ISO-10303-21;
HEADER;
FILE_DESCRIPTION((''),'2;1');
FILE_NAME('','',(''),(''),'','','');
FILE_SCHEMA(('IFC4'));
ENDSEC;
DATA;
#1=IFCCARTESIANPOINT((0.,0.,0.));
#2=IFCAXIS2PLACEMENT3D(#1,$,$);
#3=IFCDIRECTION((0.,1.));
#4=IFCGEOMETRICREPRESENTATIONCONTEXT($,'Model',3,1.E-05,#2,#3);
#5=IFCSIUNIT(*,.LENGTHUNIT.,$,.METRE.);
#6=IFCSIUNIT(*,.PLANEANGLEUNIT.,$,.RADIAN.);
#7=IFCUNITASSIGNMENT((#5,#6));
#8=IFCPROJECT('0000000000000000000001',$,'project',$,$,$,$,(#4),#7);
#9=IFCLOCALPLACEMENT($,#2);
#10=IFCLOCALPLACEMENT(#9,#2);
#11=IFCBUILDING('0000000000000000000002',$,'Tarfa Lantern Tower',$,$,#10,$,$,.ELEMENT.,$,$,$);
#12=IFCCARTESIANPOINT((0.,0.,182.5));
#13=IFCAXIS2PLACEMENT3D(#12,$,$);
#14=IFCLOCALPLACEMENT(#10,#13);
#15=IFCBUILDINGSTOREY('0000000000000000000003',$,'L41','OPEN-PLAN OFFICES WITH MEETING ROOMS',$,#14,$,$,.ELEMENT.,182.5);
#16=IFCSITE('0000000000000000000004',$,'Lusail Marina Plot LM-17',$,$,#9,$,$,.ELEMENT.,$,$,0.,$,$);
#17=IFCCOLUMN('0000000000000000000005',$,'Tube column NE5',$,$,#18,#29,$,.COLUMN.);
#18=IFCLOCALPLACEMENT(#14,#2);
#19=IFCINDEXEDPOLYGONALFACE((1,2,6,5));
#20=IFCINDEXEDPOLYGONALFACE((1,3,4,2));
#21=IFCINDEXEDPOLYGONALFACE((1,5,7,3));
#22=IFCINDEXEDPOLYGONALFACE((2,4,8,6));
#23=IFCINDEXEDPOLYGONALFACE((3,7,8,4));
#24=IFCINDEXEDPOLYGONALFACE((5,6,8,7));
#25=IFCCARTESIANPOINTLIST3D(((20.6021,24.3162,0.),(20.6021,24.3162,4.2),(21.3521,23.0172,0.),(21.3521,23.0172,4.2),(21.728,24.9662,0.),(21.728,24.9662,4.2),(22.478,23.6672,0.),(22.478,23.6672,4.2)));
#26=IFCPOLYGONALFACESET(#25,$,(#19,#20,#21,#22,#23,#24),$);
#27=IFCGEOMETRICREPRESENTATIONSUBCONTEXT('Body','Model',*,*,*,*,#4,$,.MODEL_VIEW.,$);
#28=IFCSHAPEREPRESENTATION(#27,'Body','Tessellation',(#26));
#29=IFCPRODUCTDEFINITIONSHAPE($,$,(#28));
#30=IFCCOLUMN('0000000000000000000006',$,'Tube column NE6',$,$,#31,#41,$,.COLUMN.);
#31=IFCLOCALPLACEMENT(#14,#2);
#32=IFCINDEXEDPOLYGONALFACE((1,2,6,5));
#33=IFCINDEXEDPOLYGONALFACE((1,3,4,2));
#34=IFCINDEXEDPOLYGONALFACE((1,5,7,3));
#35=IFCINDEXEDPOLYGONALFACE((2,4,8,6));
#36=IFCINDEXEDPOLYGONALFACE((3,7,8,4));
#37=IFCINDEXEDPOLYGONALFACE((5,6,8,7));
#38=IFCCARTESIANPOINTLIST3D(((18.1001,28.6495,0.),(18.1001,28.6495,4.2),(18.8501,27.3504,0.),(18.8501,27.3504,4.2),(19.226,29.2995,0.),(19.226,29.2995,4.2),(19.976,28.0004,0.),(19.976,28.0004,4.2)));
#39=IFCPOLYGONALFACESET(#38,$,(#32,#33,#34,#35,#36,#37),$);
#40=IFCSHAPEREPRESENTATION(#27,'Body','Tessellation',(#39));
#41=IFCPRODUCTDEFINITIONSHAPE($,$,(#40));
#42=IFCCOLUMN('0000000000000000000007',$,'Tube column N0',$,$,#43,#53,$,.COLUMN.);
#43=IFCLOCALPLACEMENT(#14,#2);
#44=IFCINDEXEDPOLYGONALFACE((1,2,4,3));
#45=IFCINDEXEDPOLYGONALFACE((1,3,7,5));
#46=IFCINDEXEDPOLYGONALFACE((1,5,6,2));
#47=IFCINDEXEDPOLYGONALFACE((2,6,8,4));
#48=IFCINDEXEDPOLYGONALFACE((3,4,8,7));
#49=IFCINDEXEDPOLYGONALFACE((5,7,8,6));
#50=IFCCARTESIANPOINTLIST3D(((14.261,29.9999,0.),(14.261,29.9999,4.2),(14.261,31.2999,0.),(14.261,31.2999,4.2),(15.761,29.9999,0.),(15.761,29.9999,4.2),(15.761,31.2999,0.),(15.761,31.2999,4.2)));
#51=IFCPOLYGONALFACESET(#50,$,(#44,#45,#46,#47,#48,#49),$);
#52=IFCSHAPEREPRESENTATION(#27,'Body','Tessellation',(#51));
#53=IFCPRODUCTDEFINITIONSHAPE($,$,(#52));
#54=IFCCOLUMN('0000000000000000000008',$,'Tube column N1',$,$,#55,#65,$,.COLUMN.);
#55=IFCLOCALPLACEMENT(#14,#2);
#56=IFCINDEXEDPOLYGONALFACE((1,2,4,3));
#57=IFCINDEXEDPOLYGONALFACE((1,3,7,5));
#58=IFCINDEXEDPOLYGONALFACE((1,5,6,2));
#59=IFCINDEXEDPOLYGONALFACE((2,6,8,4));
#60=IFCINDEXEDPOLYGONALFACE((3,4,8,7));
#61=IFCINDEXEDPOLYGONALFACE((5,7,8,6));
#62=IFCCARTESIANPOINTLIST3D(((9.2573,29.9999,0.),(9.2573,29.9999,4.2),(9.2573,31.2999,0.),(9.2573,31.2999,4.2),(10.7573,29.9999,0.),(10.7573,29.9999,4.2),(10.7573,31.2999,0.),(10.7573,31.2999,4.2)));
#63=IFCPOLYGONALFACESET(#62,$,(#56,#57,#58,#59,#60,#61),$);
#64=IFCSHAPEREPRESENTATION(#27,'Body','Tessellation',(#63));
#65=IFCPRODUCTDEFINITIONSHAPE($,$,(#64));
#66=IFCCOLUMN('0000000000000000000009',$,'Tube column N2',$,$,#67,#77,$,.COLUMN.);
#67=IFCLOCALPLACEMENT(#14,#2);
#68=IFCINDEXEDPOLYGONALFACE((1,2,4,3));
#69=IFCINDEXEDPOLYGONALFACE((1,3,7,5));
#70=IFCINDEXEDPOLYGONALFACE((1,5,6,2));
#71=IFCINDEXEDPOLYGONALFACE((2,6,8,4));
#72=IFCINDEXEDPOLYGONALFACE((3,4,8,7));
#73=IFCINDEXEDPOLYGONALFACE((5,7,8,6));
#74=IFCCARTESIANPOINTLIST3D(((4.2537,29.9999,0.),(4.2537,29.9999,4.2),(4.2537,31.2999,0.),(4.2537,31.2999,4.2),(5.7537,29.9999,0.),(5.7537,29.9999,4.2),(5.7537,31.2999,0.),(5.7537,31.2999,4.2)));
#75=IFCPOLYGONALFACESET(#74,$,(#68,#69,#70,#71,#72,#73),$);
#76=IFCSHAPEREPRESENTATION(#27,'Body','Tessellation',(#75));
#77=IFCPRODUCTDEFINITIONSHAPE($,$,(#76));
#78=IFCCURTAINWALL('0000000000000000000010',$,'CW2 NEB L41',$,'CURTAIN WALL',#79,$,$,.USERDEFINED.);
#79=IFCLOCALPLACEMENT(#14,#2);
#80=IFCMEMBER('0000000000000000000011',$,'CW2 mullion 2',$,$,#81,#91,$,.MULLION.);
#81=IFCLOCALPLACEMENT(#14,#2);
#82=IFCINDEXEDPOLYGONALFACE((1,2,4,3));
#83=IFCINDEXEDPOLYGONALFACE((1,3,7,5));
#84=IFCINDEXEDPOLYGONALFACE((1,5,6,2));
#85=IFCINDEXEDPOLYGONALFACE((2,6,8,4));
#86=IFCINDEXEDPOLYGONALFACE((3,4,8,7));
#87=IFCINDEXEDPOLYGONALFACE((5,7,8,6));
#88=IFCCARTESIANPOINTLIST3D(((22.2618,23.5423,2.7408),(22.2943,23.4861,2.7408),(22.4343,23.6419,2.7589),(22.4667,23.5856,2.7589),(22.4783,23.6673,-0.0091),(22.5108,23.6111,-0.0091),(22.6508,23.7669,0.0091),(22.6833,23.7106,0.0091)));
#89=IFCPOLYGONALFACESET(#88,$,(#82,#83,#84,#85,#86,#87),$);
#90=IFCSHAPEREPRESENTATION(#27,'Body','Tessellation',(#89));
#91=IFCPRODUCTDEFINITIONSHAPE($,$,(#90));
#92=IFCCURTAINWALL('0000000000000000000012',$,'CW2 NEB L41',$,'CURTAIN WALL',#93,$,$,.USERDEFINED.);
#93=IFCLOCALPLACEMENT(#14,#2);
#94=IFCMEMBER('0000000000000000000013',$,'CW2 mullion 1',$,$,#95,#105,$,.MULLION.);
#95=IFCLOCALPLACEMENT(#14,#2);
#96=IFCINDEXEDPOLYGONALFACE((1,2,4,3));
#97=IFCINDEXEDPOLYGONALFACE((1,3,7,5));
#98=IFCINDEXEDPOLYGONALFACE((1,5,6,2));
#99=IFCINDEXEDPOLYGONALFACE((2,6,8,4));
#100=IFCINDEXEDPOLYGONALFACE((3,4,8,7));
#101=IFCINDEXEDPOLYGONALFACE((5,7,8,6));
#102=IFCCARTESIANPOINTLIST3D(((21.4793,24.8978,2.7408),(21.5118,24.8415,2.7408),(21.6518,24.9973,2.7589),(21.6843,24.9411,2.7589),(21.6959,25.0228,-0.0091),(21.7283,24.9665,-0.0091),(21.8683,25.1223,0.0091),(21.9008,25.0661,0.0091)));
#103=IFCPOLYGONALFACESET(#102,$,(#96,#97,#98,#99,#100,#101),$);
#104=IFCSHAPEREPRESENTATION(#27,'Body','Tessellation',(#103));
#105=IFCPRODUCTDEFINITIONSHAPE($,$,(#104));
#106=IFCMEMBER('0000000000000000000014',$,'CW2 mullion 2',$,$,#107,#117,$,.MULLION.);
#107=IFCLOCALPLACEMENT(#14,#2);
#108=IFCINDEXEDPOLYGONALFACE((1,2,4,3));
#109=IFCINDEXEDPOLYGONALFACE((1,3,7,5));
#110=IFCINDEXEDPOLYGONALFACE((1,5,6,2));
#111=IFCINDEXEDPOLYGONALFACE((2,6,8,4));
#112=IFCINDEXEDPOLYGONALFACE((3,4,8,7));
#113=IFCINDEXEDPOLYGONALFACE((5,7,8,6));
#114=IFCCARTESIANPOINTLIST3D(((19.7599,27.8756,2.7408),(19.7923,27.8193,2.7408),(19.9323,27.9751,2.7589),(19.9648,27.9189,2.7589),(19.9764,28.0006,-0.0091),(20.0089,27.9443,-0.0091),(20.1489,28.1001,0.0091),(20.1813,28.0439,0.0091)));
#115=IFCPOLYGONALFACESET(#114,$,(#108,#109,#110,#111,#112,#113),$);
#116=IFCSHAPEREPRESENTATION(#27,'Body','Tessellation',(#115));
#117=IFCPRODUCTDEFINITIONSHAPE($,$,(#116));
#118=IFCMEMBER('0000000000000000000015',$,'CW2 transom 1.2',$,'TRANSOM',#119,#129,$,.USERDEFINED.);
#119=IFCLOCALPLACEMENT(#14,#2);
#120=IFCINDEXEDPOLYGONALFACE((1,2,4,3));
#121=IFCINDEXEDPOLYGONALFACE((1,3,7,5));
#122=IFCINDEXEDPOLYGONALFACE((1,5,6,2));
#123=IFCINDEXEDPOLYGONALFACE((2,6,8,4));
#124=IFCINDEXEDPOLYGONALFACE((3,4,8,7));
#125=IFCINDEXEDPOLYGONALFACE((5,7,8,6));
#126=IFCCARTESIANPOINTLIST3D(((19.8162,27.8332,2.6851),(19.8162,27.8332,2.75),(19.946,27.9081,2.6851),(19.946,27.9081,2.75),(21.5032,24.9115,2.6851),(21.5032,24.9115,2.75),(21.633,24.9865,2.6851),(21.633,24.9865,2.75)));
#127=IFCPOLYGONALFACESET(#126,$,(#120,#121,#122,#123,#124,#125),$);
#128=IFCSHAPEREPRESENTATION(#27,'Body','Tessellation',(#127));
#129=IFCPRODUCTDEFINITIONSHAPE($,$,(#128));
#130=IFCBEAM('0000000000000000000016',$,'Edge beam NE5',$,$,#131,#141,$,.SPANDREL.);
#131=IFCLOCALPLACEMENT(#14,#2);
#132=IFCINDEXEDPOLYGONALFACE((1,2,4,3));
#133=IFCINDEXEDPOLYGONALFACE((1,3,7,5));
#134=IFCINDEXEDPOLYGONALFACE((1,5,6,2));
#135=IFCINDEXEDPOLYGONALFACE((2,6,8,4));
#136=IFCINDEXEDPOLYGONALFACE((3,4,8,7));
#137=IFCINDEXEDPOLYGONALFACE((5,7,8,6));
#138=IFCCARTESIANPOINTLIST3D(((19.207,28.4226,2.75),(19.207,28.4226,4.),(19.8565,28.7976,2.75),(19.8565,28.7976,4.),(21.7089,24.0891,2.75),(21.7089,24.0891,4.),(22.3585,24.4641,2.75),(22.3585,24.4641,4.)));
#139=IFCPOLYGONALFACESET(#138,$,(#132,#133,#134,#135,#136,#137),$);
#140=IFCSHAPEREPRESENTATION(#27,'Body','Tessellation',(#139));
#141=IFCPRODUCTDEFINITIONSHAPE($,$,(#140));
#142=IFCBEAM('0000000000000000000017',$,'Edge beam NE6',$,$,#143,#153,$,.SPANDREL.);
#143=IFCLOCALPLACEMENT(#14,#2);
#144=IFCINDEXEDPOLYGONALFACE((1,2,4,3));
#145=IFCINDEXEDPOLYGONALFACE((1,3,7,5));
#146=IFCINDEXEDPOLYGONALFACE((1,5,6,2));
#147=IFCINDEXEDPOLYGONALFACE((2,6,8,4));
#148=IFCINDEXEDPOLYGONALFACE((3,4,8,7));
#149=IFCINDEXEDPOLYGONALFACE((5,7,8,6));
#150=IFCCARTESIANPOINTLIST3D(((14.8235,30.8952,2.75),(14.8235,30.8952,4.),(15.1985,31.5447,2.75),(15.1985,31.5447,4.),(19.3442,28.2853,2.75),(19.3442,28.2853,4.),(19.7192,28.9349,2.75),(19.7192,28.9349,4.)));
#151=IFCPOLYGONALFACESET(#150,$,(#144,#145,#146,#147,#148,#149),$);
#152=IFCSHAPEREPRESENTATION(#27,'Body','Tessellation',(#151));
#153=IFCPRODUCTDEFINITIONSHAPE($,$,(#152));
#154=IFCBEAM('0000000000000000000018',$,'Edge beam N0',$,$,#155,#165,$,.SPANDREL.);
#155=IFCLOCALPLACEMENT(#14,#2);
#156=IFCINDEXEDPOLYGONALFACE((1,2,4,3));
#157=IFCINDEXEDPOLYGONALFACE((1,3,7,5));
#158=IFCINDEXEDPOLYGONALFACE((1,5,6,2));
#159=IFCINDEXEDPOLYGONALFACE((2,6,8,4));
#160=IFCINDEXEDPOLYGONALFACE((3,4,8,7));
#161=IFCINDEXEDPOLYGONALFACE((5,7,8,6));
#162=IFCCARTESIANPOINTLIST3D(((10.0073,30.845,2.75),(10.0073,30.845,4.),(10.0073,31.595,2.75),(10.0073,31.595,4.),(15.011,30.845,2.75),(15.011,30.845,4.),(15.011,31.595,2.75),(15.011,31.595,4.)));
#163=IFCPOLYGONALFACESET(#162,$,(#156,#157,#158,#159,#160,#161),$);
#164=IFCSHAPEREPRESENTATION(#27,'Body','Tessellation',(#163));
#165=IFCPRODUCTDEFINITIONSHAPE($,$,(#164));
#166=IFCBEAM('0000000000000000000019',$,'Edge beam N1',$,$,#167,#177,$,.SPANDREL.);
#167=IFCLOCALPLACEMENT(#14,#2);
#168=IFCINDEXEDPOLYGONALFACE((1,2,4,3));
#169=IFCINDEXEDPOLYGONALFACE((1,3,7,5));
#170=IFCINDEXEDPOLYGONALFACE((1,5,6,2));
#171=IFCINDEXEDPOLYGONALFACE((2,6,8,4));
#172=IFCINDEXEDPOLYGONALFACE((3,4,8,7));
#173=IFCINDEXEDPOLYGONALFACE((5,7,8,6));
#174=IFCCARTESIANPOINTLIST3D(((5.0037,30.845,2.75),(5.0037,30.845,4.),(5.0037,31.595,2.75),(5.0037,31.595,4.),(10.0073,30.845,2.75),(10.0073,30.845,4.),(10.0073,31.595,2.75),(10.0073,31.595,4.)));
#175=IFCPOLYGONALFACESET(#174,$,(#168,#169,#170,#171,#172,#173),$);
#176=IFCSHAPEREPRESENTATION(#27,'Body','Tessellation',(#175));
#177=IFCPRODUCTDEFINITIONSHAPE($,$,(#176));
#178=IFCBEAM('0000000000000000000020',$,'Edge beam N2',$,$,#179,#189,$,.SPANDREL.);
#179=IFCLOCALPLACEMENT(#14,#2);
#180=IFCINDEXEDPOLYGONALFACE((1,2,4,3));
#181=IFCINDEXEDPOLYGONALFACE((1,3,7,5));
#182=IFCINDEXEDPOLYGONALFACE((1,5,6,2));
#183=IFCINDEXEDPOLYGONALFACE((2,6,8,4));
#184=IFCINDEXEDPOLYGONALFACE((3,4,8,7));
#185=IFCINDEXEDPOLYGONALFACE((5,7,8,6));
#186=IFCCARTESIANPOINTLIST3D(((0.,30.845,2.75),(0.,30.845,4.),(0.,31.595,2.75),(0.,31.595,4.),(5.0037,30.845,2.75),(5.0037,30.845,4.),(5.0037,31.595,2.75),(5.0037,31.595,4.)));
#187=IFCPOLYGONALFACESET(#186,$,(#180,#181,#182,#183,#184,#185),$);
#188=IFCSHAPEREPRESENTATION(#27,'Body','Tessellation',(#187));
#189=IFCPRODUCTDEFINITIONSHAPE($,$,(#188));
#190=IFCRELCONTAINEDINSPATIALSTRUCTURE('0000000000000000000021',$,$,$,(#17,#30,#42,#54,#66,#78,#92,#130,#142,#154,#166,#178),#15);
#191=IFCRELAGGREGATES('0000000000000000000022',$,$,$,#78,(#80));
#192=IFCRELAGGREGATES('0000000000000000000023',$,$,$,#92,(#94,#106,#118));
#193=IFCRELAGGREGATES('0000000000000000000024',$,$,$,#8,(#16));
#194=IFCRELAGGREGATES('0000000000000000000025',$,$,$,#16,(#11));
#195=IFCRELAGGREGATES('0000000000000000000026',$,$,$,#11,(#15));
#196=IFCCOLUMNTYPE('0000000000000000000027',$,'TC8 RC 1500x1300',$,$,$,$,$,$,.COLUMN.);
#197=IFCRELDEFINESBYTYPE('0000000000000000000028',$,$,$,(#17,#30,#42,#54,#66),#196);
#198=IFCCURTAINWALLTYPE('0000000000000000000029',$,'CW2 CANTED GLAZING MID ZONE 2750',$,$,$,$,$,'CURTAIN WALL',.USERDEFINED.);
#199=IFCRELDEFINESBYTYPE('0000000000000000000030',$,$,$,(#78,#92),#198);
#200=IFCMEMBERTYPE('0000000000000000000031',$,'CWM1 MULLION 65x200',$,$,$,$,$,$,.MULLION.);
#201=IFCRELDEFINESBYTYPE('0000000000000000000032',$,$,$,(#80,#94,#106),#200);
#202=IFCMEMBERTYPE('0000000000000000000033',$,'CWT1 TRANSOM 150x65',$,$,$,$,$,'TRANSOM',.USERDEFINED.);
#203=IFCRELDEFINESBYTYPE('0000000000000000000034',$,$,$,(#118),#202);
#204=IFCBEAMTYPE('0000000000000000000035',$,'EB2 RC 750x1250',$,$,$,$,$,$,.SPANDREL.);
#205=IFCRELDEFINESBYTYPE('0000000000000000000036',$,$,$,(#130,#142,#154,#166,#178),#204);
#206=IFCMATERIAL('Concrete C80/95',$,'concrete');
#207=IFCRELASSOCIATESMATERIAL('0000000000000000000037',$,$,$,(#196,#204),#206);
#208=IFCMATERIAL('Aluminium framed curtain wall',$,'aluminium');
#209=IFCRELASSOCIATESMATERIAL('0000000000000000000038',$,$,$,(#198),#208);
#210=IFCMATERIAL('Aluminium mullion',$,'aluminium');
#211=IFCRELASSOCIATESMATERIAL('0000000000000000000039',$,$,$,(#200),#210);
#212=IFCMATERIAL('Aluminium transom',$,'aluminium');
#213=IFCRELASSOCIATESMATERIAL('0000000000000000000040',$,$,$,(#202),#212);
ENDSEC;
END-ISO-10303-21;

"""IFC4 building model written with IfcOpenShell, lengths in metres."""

from ifc_helpers import new_model, si_unit, direction, frame, origin, origin_2d, place, context, subcontext, project, spatial, rectangle, extrude, material, material_profile, profile_set, type_object, element, aggregate, save


model = new_model("IFC4")

# Units and contexts
model_context = context("Model", 3, precision=1e-05, world=origin(), true_north=direction((0.0, 1.0)))
body_context = subcontext(model_context, "Body", "Model", "MODEL_VIEW")
ifc_project = project(units=[si_unit("LENGTHUNIT", "METRE"), si_unit("PLANEANGLEUNIT", "RADIAN")], contexts=[model_context])

# Site, building, storey
site_placement = place(None, origin())
site = spatial("IfcSite", under=ifc_project, at=site_placement, Name="Lusail Marina Plot LM-17", CompositionType="ELEMENT", RefElevation=0.0)
building_placement = place(site_placement, origin())
building = spatial("IfcBuilding", under=site, at=building_placement, Name="Tarfa Lantern Tower", CompositionType="ELEMENT")
storey_placement = place(building_placement, frame((0.0, 0.0, 182.5)))
storey = spatial("IfcBuildingStorey", under=building, at=storey_placement, Name="L41", Description="OPEN-PLAN OFFICES WITH MEETING ROOMS", CompositionType="ELEMENT", Elevation=182.5)

# Columns
ifc_material_1 = material(Name="Concrete C80/95", Category="concrete")
ifc_material_profile_1 = material_profile(ifc_material_1, rectangle(XDim=1.5, YDim=1.3, at=origin_2d()), Name="RC 1500x1300")
ifc_profile_set_1 = profile_set([ifc_material_profile_1], Name="Concrete C80/95")
column_type = type_object("IfcColumnType", Name="TC8 RC 1500x1300", PredefinedType="COLUMN", material=ifc_profile_set_1)
for number, where, z_axis, x_axis, name in (
    (1, (21.54, 23.9917, 0.0), (0.0, 0.0, 1.0), (-0.5, 0.866025, 0.0), "Tube column NE5"),
    (2, (19.0381, 28.325, 0.0), (0.0, 0.0, 1.0), (-0.5, 0.866025, 0.0), "Tube column NE6"),
    (3, (15.011, 30.6499, 0.0), (0.0, 0.0, 1.0), (-1.0, 0.0, 0.0), "Tube column N0"),
    (4, (10.0073, 30.6499, 0.0), (0.0, 0.0, 1.0), (-1.0, 0.0, 0.0), "Tube column N1"),
    (5, (5.0037, 30.6499, 0.0), (0.0, 0.0, 1.0), (-1.0, 0.0, 0.0), "Tube column N2"),
):
    element("IfcColumn", number, at=place(storey_placement, frame(where, z_axis=z_axis, x_axis=x_axis)), inside=storey, type_object=column_type, Name=name, PredefinedType="COLUMN", context=body_context, shape_type="SweptSolid", body=[
        extrude(rectangle(XDim=1.5, YDim=1.3, at=origin_2d()), origin(), (0.0, 0.0, 1.0), 4.2),
    ])

# Curtain wall, member
ifc_material_2 = material(Name="Aluminium framed curtain wall", Category="aluminium")
curtain_wall_type = type_object("IfcCurtainWallType", Name="CW2 CANTED GLAZING MID ZONE 2750", ElementType="CURTAIN WALL", PredefinedType="USERDEFINED", material=ifc_material_2)
curtain_wall_1_placement = place(storey_placement, origin())
curtain_wall_1 = element("IfcCurtainWall", 6, at=curtain_wall_1_placement, inside=storey, type_object=curtain_wall_type, Name="CW2 NEB L41", ObjectType="CURTAIN WALL", PredefinedType="USERDEFINED")
ifc_material_3 = material(Name="Aluminium mullion", Category="aluminium")
ifc_material_profile_2 = material_profile(ifc_material_3, rectangle(XDim=0.0649, YDim=0.2, at=origin_2d()), Name="AL MULLION 65x200")
ifc_profile_set_2 = profile_set([ifc_material_profile_2], Name="Aluminium mullion")
member_type_1 = type_object("IfcMemberType", Name="CWM1 MULLION 65x200", PredefinedType="MULLION", material=ifc_profile_set_2)
member_1_placement = place(storey_placement, frame((22.5808, 23.689, 0.0), z_axis=(-0.078423, -0.045268, 0.995892), x_axis=(0.49992, -0.866072, 0.0)))
member_1 = element("IfcMember", 7, at=member_1_placement, type_object=member_type_1, Name="CW2 mullion 2", PredefinedType="MULLION", context=body_context, shape_type="SweptSolid", body=[
    extrude(rectangle(XDim=0.0649, YDim=0.2, at=origin_2d()), origin(), (0.0, 0.0, 1.0), 2.7612),
])
aggregate(curtain_wall_1, [member_1])

# Curtain wall, members
curtain_wall_2_placement = place(storey_placement, origin())
curtain_wall_2 = element("IfcCurtainWall", 8, at=curtain_wall_2_placement, inside=storey, type_object=curtain_wall_type, Name="CW2 NEB L41", ObjectType="CURTAIN WALL", PredefinedType="USERDEFINED")
member_2_placement = place(storey_placement, frame((21.7983, 25.0444, 0.0), z_axis=(-0.078423, -0.045268, 0.995892), x_axis=(0.49992, -0.866072, 0.0)))
member_2 = element("IfcMember", 9, at=member_2_placement, type_object=member_type_1, Name="CW2 mullion 1", PredefinedType="MULLION", context=body_context, shape_type="SweptSolid", body=[
    extrude(rectangle(XDim=0.0649, YDim=0.2, at=origin_2d()), origin(), (0.0, 0.0, 1.0), 2.7612),
])
member_3_placement = place(storey_placement, frame((20.0789, 28.0222, 0.0), z_axis=(-0.078423, -0.045268, 0.995892), x_axis=(0.49992, -0.866072, 0.0)))
member_3 = element("IfcMember", 10, at=member_3_placement, type_object=member_type_1, Name="CW2 mullion 2", PredefinedType="MULLION", context=body_context, shape_type="SweptSolid", body=[
    extrude(rectangle(XDim=0.0649, YDim=0.2, at=origin_2d()), origin(), (0.0, 0.0, 1.0), 2.7612),
])
ifc_material_4 = material(Name="Aluminium transom", Category="aluminium")
ifc_material_profile_3 = material_profile(ifc_material_4, rectangle(XDim=0.1499, YDim=0.0649, at=origin_2d()), Name="AL TRANSOM 150x65")
ifc_profile_set_3 = profile_set([ifc_material_profile_3], Name="Aluminium transom")
member_type_2 = type_object("IfcMemberType", Name="CWT1 TRANSOM 150x65", ElementType="TRANSOM", PredefinedType="USERDEFINED", material=ifc_profile_set_3)
member_4_placement = place(storey_placement, frame((21.5681, 24.949, 2.7175), z_axis=(-0.500046, 0.865999, 0.0), x_axis=(-0.865999, -0.500046, 0.0)))
member_4 = element("IfcMember", 11, at=member_4_placement, type_object=member_type_2, Name="CW2 transom 1.2", ObjectType="TRANSOM", PredefinedType="USERDEFINED", context=body_context, shape_type="SweptSolid", body=[
    extrude(rectangle(XDim=0.1499, YDim=0.0649, at=origin_2d()), origin(), (0.0, 0.0, 1.0), 3.3738),
])

# Beams
ifc_material_profile_4 = material_profile(ifc_material_1, rectangle(XDim=0.75, YDim=1.25, at=origin_2d()), Name="RC 750x1250")
ifc_profile_set_4 = profile_set([ifc_material_profile_4], Name="Concrete C80/95")
beam_type_1 = type_object("IfcBeamType", Name="EB2 RC 750x1250", PredefinedType="SPANDREL", material=ifc_profile_set_4)
beam_1_placement = place(storey_placement, frame((22.0337, 24.2766, 3.375), z_axis=(-0.500001, 0.866025, 0.0), x_axis=(-0.866025, -0.500001, 0.0)))
element("IfcBeam", 12, at=beam_1_placement, inside=storey, type_object=beam_type_1, Name="Edge beam NE5", PredefinedType="SPANDREL", context=body_context, shape_type="SweptSolid", body=[
    extrude(rectangle(XDim=0.75, YDim=1.25, at=origin_2d()), origin(), (0.0, 0.0, 1.0), 5.0039),
])
beam_2_placement = place(storey_placement, frame((19.5317, 28.6101, 3.375), z_axis=(-0.866042, 0.499972, 0.0), x_axis=(-0.499972, -0.866042, 0.0)))
element("IfcBeam", 13, at=beam_2_placement, inside=storey, type_object=beam_type_1, Name="Edge beam NE6", PredefinedType="SPANDREL", context=body_context, shape_type="SweptSolid", body=[
    extrude(rectangle(XDim=0.75, YDim=1.25, at=origin_2d()), origin(), (0.0, 0.0, 1.0), 5.22),
])
for number, where, z_axis, x_axis, name in (
    (14, (15.011, 31.22, 3.375), (-1.0, 0.0, 0.0), (0.0, -1.0, 0.0), "Edge beam N0"),
    (15, (10.0073, 31.22, 3.375), (-1.0, 0.0, 0.0), (0.0, -1.0, 0.0), "Edge beam N1"),
    (16, (5.0037, 31.22, 3.375), (-1.0, 0.0, 0.0), (0.0, -1.0, 0.0), "Edge beam N2"),
):
    element("IfcBeam", number, at=place(storey_placement, frame(where, z_axis=z_axis, x_axis=x_axis)), inside=storey, type_object=beam_type_1, Name=name, PredefinedType="SPANDREL", context=body_context, shape_type="SweptSolid", body=[
        extrude(rectangle(XDim=0.75, YDim=1.25, at=origin_2d()), origin(), (0.0, 0.0, 1.0), 5.0037),
    ])

aggregate(curtain_wall_2, [member_2, member_3, member_4])

save(model, "model.ifc")
